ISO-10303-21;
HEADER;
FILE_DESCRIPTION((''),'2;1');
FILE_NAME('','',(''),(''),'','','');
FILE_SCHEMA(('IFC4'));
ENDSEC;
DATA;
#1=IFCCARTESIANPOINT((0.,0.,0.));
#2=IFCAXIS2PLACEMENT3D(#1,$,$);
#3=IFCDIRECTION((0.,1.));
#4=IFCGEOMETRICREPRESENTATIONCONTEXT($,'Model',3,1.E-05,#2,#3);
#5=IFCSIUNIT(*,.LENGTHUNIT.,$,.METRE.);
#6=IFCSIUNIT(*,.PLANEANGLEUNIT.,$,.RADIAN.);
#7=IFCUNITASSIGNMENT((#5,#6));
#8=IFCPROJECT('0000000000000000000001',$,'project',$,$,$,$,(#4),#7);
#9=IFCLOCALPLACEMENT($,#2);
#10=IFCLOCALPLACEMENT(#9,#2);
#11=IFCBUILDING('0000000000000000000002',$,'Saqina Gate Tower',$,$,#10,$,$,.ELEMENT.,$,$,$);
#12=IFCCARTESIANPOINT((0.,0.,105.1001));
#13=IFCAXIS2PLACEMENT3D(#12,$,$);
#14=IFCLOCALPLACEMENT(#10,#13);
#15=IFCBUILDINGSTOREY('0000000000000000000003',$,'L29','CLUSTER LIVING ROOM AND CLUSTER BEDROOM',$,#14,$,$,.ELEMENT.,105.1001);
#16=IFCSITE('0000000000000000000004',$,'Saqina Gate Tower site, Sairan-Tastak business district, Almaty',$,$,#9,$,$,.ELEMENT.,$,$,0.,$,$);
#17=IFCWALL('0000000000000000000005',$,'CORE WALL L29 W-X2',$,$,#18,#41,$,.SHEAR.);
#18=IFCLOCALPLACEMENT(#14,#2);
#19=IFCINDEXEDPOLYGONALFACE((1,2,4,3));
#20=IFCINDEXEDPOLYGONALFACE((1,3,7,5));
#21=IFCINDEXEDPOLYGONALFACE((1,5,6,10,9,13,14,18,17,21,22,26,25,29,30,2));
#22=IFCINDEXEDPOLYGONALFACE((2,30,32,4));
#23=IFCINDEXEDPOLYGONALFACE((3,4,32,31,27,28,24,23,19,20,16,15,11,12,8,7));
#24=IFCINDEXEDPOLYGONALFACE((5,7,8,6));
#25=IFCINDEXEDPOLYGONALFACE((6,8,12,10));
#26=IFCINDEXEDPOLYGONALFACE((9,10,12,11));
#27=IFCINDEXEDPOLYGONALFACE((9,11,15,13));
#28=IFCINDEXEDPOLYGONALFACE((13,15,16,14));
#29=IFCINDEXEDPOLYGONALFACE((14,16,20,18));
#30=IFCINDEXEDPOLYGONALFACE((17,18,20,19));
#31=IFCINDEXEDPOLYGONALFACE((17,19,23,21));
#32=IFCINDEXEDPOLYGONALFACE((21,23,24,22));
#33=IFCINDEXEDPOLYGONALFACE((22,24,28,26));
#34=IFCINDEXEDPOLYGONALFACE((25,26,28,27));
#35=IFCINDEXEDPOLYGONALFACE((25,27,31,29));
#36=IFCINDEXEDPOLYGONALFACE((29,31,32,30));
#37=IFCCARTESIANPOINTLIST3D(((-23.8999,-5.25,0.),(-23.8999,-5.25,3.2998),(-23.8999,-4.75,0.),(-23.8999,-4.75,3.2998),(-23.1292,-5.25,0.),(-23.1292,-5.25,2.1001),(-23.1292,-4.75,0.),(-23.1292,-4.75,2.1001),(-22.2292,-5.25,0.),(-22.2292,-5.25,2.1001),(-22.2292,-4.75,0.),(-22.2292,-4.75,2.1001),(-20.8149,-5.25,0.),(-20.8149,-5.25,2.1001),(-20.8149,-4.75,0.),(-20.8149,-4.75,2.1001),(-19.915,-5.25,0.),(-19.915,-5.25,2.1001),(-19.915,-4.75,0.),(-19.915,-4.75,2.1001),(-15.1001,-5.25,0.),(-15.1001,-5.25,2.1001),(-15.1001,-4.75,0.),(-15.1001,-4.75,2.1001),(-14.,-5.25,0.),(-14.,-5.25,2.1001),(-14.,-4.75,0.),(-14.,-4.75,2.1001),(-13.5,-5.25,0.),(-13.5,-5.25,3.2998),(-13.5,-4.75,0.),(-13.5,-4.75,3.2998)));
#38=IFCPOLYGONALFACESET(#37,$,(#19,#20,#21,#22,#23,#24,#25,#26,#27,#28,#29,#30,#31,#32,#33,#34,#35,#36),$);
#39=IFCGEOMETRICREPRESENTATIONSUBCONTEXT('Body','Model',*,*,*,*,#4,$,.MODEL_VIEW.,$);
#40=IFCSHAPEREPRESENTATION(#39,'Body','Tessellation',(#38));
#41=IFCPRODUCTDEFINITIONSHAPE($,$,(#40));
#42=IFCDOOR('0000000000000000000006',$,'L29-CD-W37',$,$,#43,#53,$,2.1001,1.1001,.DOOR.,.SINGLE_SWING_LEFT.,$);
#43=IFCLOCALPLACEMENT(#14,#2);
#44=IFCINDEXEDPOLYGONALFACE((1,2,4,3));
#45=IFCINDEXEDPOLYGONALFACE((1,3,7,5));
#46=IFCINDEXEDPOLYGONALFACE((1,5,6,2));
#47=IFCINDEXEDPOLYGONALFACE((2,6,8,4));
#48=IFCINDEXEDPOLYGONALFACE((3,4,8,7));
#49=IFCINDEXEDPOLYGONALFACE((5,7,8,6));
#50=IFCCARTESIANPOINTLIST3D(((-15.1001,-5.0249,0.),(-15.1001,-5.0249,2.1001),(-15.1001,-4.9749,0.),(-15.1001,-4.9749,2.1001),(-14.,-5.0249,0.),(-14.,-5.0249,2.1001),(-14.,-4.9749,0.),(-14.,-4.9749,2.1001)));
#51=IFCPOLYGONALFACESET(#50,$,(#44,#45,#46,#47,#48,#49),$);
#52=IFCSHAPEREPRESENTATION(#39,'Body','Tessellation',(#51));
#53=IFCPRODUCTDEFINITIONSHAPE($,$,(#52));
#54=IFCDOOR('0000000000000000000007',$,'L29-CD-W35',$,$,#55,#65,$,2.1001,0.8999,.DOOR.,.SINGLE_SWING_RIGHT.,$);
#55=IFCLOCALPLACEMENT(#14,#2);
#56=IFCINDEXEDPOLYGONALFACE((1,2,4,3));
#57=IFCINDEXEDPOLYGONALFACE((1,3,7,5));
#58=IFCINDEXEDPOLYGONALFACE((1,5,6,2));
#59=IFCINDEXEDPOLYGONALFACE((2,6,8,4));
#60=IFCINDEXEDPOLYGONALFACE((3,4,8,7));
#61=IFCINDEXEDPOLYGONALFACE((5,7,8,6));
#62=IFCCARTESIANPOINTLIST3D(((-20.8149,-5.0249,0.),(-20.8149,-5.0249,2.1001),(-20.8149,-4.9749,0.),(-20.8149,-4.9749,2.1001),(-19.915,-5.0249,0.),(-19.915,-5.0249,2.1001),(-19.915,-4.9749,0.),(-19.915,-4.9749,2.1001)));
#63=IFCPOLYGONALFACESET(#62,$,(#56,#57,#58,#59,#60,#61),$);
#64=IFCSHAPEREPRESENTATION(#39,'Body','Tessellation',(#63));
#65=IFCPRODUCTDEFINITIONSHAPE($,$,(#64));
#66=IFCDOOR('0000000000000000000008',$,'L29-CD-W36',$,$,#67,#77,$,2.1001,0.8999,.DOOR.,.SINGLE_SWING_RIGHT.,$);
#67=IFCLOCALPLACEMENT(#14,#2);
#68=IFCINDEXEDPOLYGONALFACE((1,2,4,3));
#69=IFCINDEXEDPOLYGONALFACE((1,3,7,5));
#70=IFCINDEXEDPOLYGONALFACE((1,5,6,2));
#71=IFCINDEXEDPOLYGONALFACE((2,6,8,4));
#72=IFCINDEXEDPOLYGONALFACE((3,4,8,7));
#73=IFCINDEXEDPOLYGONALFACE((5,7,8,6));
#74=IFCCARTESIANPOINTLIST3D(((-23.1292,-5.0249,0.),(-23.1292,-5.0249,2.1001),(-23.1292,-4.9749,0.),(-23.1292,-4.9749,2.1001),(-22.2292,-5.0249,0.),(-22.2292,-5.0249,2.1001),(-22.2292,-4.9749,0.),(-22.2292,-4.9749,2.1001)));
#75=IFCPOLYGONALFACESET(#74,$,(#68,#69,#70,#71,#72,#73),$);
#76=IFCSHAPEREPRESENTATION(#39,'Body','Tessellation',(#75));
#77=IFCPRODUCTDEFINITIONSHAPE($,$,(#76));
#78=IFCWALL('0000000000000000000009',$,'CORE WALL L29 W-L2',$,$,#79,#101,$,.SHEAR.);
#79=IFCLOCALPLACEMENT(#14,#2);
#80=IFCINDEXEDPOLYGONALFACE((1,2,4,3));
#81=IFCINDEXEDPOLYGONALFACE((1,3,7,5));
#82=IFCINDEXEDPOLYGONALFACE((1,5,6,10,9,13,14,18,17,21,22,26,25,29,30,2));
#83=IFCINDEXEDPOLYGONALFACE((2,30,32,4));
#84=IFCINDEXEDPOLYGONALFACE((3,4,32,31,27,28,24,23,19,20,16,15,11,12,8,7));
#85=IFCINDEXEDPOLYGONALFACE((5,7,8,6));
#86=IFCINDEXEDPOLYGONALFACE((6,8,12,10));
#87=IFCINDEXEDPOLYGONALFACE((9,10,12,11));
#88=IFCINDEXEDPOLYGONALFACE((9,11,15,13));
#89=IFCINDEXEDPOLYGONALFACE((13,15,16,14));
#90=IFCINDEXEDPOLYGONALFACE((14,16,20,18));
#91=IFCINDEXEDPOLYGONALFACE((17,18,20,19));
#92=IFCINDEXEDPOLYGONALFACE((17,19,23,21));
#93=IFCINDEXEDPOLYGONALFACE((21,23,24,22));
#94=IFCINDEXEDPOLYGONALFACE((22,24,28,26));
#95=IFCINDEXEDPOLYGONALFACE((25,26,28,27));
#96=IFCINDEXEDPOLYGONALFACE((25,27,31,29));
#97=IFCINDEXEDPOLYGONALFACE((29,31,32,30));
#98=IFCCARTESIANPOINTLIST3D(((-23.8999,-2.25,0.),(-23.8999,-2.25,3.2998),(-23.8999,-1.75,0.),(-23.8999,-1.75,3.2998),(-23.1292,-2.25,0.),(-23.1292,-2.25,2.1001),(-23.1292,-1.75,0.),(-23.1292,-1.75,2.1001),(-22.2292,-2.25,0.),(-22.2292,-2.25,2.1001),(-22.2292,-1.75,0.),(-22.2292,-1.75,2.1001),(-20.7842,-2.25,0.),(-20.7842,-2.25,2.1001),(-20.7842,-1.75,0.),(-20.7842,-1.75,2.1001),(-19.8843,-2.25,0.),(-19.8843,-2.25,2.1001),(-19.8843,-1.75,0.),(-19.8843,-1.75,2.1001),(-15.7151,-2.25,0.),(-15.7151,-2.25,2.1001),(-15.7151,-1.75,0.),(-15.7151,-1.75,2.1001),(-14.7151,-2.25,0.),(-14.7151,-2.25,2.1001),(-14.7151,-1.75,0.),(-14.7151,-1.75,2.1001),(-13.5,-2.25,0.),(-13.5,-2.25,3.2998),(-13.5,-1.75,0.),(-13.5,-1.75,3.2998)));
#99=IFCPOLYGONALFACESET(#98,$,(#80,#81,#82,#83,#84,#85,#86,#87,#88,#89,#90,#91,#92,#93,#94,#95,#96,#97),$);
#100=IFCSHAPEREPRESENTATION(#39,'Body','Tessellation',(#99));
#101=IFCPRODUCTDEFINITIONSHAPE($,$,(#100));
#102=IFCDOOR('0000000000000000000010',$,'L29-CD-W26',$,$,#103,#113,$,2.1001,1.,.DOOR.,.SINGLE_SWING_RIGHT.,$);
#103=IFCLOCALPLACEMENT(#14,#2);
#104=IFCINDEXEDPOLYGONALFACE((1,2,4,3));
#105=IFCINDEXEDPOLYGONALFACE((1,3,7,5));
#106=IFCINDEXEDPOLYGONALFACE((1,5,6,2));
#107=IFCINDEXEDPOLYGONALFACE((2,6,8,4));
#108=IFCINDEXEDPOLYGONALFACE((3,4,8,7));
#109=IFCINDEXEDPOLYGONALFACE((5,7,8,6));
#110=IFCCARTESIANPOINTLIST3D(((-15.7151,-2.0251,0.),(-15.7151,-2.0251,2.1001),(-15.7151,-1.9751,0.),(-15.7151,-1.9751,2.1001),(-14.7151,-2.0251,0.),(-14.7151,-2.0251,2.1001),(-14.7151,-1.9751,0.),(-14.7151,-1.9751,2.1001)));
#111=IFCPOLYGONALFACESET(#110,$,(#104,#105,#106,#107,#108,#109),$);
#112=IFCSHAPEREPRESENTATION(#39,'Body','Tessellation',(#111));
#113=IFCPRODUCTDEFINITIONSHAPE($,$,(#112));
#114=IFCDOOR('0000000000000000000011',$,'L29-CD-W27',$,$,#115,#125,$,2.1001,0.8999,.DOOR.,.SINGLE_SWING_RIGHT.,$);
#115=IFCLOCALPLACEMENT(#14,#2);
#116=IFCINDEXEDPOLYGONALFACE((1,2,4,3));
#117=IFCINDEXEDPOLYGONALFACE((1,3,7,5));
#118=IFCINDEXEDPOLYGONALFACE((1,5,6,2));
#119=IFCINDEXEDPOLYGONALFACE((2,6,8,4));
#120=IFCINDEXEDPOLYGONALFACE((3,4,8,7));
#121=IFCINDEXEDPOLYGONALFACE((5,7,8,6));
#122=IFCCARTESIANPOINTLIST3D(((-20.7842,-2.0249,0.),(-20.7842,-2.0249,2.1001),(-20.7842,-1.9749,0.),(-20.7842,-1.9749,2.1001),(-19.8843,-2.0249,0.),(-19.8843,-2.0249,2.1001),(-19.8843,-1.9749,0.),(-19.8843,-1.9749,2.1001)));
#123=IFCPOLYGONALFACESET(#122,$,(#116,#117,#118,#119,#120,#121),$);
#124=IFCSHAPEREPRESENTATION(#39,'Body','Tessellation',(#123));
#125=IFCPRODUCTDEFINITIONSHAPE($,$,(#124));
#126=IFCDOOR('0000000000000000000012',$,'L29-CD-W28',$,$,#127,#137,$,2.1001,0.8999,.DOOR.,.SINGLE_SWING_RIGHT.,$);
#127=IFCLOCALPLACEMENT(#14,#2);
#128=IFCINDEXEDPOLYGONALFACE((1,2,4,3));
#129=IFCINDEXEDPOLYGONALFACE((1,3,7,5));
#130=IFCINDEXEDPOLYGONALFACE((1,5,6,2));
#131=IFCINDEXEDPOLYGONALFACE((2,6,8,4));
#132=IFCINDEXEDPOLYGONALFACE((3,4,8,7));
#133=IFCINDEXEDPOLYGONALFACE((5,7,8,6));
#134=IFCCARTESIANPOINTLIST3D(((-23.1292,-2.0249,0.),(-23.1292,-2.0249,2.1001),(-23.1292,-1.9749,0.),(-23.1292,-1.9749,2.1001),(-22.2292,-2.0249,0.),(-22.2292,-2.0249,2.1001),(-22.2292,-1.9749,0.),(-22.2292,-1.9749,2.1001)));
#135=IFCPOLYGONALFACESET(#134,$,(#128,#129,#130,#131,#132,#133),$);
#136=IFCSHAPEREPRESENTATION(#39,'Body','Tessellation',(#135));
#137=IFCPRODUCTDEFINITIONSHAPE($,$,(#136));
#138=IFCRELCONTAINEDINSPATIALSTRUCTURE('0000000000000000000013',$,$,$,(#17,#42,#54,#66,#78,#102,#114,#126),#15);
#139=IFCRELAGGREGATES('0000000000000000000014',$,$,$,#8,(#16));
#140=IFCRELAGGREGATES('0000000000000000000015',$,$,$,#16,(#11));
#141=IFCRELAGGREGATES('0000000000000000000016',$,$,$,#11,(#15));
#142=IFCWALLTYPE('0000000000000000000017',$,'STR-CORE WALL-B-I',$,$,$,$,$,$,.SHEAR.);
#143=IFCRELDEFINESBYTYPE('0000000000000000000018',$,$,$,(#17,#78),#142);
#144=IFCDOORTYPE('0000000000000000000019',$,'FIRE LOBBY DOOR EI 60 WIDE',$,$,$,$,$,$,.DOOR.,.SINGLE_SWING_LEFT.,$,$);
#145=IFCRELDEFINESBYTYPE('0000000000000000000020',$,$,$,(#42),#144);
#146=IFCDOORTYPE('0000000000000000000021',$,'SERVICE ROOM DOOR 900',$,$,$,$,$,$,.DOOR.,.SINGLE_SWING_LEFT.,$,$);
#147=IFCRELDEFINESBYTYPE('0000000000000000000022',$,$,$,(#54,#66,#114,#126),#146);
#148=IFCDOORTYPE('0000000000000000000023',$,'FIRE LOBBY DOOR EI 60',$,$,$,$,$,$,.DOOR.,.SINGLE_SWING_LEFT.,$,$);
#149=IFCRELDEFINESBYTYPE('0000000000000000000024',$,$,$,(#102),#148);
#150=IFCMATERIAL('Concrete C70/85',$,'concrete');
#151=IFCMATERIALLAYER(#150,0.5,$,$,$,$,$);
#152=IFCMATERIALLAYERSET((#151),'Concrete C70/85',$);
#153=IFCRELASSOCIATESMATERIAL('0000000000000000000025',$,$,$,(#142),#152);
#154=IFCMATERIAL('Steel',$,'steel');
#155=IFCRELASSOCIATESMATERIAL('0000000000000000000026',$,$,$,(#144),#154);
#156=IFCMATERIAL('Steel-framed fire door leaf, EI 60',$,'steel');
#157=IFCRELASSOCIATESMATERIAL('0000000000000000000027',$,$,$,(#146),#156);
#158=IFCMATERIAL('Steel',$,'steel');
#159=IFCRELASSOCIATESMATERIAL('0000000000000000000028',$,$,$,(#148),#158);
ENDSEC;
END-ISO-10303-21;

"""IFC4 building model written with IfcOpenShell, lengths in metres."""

from ifc_helpers import new_model, si_unit, direction, frame, frame_2d, origin, place, context, subcontext, project, spatial, rectangle, extrude, material, layer, layer_set, type_object, element, fill, save


model = new_model("IFC4")

# Units and contexts
model_context = context("Model", 3, precision=1e-05, world=origin(), true_north=direction((0.0, 1.0)))
body_context = subcontext(model_context, "Body", "Model", "MODEL_VIEW")
ifc_project = project(units=[si_unit("LENGTHUNIT", "METRE"), si_unit("PLANEANGLEUNIT", "RADIAN")], contexts=[model_context])

# Site, building, storey
site_placement = place(None, origin())
site = spatial("IfcSite", under=ifc_project, at=site_placement, Name="Saqina Gate Tower site, Sairan-Tastak business district, Almaty", CompositionType="ELEMENT", RefElevation=0.0)
building_placement = place(site_placement, origin())
building = spatial("IfcBuilding", under=site, at=building_placement, Name="Saqina Gate Tower", CompositionType="ELEMENT")
storey_placement = place(building_placement, frame((0.0, 0.0, 105.1001)))
storey = spatial("IfcBuildingStorey", under=building, at=storey_placement, Name="L29", Description="CLUSTER LIVING ROOM AND CLUSTER BEDROOM", CompositionType="ELEMENT", Elevation=105.1001)

# Walls, openings, doors
ifc_material_1 = material(Name="Concrete C70/85", Category="concrete")
ifc_layer_1 = layer(ifc_material_1, 0.5)
ifc_layer_set_1 = layer_set([ifc_layer_1], Name="Concrete C70/85")
wall_type_1 = type_object("IfcWallType", Name="STR-CORE WALL-B-I", PredefinedType="SHEAR", material=ifc_layer_set_1)
wall_1_placement = place(storey_placement, frame((-13.5, -5.0, 0.0), z_axis=(0.0, 0.0, 1.0), x_axis=(-1.0, 0.0, 0.0)))
wall_1 = element("IfcWall", 1, at=wall_1_placement, inside=storey, type_object=wall_type_1, Name="CORE WALL L29 W-X2", PredefinedType="SHEAR", context=body_context, shape_type="SweptSolid", body=[
    extrude(rectangle(XDim=10.3999, YDim=0.5, at=frame_2d((5.2, 0.0))), origin(), (0.0, 0.0, 1.0), 3.2998),
])
opening_1_placement = place(wall_1_placement, frame((6.415, 0.0, 0.0)))
opening_1 = element("IfcOpeningElement", 2, at=opening_1_placement, cuts=wall_1, PredefinedType="OPENING", context=body_context, shape_type="SweptSolid", body=[
    extrude(rectangle(XDim=0.8999, YDim=2.1001, at=frame_2d((0.45, 1.05))), frame((0.0, 0.262, 0.0), z_axis=(0.0, -1.0, 0.0), x_axis=(1.0, 0.0, 0.0)), (0.0, 0.0, 1.0), 0.5239),
])
opening_2_placement = place(wall_1_placement, frame((8.7292, 0.0, 0.0)))
opening_2 = element("IfcOpeningElement", 3, at=opening_2_placement, cuts=wall_1, PredefinedType="OPENING", context=body_context, shape_type="SweptSolid", body=[
    extrude(rectangle(XDim=0.8999, YDim=2.1001, at=frame_2d((0.45, 1.05))), frame((0.0, 0.262, 0.0), z_axis=(0.0, -1.0, 0.0), x_axis=(1.0, 0.0, 0.0)), (0.0, 0.0, 1.0), 0.5239),
])
opening_3_placement = place(wall_1_placement, frame((0.5, 0.0, 0.0)))
opening_3 = element("IfcOpeningElement", 4, at=opening_3_placement, cuts=wall_1, PredefinedType="OPENING", context=body_context, shape_type="SweptSolid", body=[
    extrude(rectangle(XDim=1.1001, YDim=2.1001, at=frame_2d((0.55, 1.05))), frame((0.0, 0.262, 0.0), z_axis=(0.0, -1.0, 0.0), x_axis=(1.0, 0.0, 0.0)), (0.0, 0.0, 1.0), 0.5239),
])
ifc_material_2 = material(Name="Steel", Category="steel")
door_type_1 = type_object("IfcDoorType", Name="FIRE LOBBY DOOR EI 60 WIDE", OperationType="SINGLE_SWING_LEFT", PredefinedType="DOOR", material=ifc_material_2)
door_1_placement = place(opening_3_placement, origin())
door_1 = element("IfcDoor", 5, at=door_1_placement, inside=storey, type_object=door_type_1, Name="L29-CD-W37", OperationType="SINGLE_SWING_LEFT", OverallHeight=2.1001, OverallWidth=1.1001, PredefinedType="DOOR", context=body_context, shape_type="SweptSolid", body=[
    extrude(rectangle(XDim=1.1001, YDim=2.1001, at=frame_2d((0.55, 1.05))), frame((0.0, 0.0249, 0.0), z_axis=(0.0, -1.0, 0.0), x_axis=(1.0, 0.0, 0.0)), (0.0, 0.0, 1.0), 0.05),
])
fill(opening_3, door_1)
ifc_material_3 = material(Name="Steel-framed fire door leaf, EI 60", Category="steel")
door_type_2 = type_object("IfcDoorType", Name="SERVICE ROOM DOOR 900", OperationType="SINGLE_SWING_LEFT", PredefinedType="DOOR", material=ifc_material_3)
door_2_placement = place(opening_1_placement, origin())
door_2 = element("IfcDoor", 6, at=door_2_placement, inside=storey, type_object=door_type_2, Name="L29-CD-W35", OperationType="SINGLE_SWING_RIGHT", OverallHeight=2.1001, OverallWidth=0.8999, PredefinedType="DOOR", context=body_context, shape_type="SweptSolid", body=[
    extrude(rectangle(XDim=0.8999, YDim=2.1001, at=frame_2d((0.45, 1.05))), frame((0.0, 0.0249, 0.0), z_axis=(0.0, -1.0, 0.0), x_axis=(1.0, 0.0, 0.0)), (0.0, 0.0, 1.0), 0.05),
])
fill(opening_1, door_2)
door_3_placement = place(opening_2_placement, origin())
door_3 = element("IfcDoor", 7, at=door_3_placement, inside=storey, type_object=door_type_2, Name="L29-CD-W36", OperationType="SINGLE_SWING_RIGHT", OverallHeight=2.1001, OverallWidth=0.8999, PredefinedType="DOOR", context=body_context, shape_type="SweptSolid", body=[
    extrude(rectangle(XDim=0.8999, YDim=2.1001, at=frame_2d((0.45, 1.05))), frame((0.0, 0.0249, 0.0), z_axis=(0.0, -1.0, 0.0), x_axis=(1.0, 0.0, 0.0)), (0.0, 0.0, 1.0), 0.05),
])
fill(opening_2, door_3)
wall_2_placement = place(storey_placement, frame((-13.5, -2.0, 0.0), z_axis=(0.0, 0.0, 1.0), x_axis=(-1.0, 0.0, 0.0)))
wall_2 = element("IfcWall", 8, at=wall_2_placement, inside=storey, type_object=wall_type_1, Name="CORE WALL L29 W-L2", PredefinedType="SHEAR", context=body_context, shape_type="SweptSolid", body=[
    extrude(rectangle(XDim=10.3999, YDim=0.5, at=frame_2d((5.2, 0.0))), origin(), (0.0, 0.0, 1.0), 3.2998),
])
opening_4_placement = place(wall_2_placement, frame((1.2151, 0.0, 0.0)))
opening_4 = element("IfcOpeningElement", 9, at=opening_4_placement, cuts=wall_2, PredefinedType="OPENING", context=body_context, shape_type="SweptSolid", body=[
    extrude(rectangle(XDim=1.0, YDim=2.1001, at=frame_2d((0.5, 1.05))), frame((0.0, 0.262, 0.0), z_axis=(0.0, -1.0, 0.0), x_axis=(1.0, 0.0, 0.0)), (0.0, 0.0, 1.0), 0.5239),
])
opening_5_placement = place(wall_2_placement, frame((6.3843, 0.0, 0.0)))
opening_5 = element("IfcOpeningElement", 10, at=opening_5_placement, cuts=wall_2, PredefinedType="OPENING", context=body_context, shape_type="SweptSolid", body=[
    extrude(rectangle(XDim=0.8999, YDim=2.1001, at=frame_2d((0.45, 1.05))), frame((0.0, 0.262, 0.0), z_axis=(0.0, -1.0, 0.0), x_axis=(1.0, 0.0, 0.0)), (0.0, 0.0, 1.0), 0.5239),
])
opening_6_placement = place(wall_2_placement, frame((8.7292, 0.0, 0.0)))
opening_6 = element("IfcOpeningElement", 11, at=opening_6_placement, cuts=wall_2, PredefinedType="OPENING", context=body_context, shape_type="SweptSolid", body=[
    extrude(rectangle(XDim=0.8999, YDim=2.1001, at=frame_2d((0.45, 1.05))), frame((0.0, 0.262, 0.0), z_axis=(0.0, -1.0, 0.0), x_axis=(1.0, 0.0, 0.0)), (0.0, 0.0, 1.0), 0.5239),
])
ifc_material_4 = material(Name="Steel", Category="steel")
door_type_3 = type_object("IfcDoorType", Name="FIRE LOBBY DOOR EI 60", OperationType="SINGLE_SWING_LEFT", PredefinedType="DOOR", material=ifc_material_4)
door_4_placement = place(opening_4_placement, frame((1.0, 0.0, 0.0), z_axis=(0.0, 0.0, 1.0), x_axis=(-1.0, 0.0, 0.0)))
door_4 = element("IfcDoor", 12, at=door_4_placement, inside=storey, type_object=door_type_3, Name="L29-CD-W26", OperationType="SINGLE_SWING_RIGHT", OverallHeight=2.1001, OverallWidth=1.0, PredefinedType="DOOR", context=body_context, shape_type="SweptSolid", body=[
    extrude(rectangle(XDim=1.0, YDim=2.1001, at=frame_2d((0.5, 1.05))), frame((0.0, 0.0249, 0.0), z_axis=(0.0, -1.0, 0.0), x_axis=(1.0, 0.0, 0.0)), (0.0, 0.0, 1.0), 0.05),
])
fill(opening_4, door_4)
door_5_placement = place(opening_5_placement, origin())
door_5 = element("IfcDoor", 13, at=door_5_placement, inside=storey, type_object=door_type_2, Name="L29-CD-W27", OperationType="SINGLE_SWING_RIGHT", OverallHeight=2.1001, OverallWidth=0.8999, PredefinedType="DOOR", context=body_context, shape_type="SweptSolid", body=[
    extrude(rectangle(XDim=0.8999, YDim=2.1001, at=frame_2d((0.45, 1.05))), frame((0.0, 0.0249, 0.0), z_axis=(0.0, -1.0, 0.0), x_axis=(1.0, 0.0, 0.0)), (0.0, 0.0, 1.0), 0.05),
])
fill(opening_5, door_5)
door_6_placement = place(opening_6_placement, origin())
door_6 = element("IfcDoor", 14, at=door_6_placement, inside=storey, type_object=door_type_2, Name="L29-CD-W28", OperationType="SINGLE_SWING_RIGHT", OverallHeight=2.1001, OverallWidth=0.8999, PredefinedType="DOOR", context=body_context, shape_type="SweptSolid", body=[
    extrude(rectangle(XDim=0.8999, YDim=2.1001, at=frame_2d((0.45, 1.05))), frame((0.0, 0.0249, 0.0), z_axis=(0.0, -1.0, 0.0), x_axis=(1.0, 0.0, 0.0)), (0.0, 0.0, 1.0), 0.05),
])
fill(opening_6, door_6)

save(model, "model.ifc")
